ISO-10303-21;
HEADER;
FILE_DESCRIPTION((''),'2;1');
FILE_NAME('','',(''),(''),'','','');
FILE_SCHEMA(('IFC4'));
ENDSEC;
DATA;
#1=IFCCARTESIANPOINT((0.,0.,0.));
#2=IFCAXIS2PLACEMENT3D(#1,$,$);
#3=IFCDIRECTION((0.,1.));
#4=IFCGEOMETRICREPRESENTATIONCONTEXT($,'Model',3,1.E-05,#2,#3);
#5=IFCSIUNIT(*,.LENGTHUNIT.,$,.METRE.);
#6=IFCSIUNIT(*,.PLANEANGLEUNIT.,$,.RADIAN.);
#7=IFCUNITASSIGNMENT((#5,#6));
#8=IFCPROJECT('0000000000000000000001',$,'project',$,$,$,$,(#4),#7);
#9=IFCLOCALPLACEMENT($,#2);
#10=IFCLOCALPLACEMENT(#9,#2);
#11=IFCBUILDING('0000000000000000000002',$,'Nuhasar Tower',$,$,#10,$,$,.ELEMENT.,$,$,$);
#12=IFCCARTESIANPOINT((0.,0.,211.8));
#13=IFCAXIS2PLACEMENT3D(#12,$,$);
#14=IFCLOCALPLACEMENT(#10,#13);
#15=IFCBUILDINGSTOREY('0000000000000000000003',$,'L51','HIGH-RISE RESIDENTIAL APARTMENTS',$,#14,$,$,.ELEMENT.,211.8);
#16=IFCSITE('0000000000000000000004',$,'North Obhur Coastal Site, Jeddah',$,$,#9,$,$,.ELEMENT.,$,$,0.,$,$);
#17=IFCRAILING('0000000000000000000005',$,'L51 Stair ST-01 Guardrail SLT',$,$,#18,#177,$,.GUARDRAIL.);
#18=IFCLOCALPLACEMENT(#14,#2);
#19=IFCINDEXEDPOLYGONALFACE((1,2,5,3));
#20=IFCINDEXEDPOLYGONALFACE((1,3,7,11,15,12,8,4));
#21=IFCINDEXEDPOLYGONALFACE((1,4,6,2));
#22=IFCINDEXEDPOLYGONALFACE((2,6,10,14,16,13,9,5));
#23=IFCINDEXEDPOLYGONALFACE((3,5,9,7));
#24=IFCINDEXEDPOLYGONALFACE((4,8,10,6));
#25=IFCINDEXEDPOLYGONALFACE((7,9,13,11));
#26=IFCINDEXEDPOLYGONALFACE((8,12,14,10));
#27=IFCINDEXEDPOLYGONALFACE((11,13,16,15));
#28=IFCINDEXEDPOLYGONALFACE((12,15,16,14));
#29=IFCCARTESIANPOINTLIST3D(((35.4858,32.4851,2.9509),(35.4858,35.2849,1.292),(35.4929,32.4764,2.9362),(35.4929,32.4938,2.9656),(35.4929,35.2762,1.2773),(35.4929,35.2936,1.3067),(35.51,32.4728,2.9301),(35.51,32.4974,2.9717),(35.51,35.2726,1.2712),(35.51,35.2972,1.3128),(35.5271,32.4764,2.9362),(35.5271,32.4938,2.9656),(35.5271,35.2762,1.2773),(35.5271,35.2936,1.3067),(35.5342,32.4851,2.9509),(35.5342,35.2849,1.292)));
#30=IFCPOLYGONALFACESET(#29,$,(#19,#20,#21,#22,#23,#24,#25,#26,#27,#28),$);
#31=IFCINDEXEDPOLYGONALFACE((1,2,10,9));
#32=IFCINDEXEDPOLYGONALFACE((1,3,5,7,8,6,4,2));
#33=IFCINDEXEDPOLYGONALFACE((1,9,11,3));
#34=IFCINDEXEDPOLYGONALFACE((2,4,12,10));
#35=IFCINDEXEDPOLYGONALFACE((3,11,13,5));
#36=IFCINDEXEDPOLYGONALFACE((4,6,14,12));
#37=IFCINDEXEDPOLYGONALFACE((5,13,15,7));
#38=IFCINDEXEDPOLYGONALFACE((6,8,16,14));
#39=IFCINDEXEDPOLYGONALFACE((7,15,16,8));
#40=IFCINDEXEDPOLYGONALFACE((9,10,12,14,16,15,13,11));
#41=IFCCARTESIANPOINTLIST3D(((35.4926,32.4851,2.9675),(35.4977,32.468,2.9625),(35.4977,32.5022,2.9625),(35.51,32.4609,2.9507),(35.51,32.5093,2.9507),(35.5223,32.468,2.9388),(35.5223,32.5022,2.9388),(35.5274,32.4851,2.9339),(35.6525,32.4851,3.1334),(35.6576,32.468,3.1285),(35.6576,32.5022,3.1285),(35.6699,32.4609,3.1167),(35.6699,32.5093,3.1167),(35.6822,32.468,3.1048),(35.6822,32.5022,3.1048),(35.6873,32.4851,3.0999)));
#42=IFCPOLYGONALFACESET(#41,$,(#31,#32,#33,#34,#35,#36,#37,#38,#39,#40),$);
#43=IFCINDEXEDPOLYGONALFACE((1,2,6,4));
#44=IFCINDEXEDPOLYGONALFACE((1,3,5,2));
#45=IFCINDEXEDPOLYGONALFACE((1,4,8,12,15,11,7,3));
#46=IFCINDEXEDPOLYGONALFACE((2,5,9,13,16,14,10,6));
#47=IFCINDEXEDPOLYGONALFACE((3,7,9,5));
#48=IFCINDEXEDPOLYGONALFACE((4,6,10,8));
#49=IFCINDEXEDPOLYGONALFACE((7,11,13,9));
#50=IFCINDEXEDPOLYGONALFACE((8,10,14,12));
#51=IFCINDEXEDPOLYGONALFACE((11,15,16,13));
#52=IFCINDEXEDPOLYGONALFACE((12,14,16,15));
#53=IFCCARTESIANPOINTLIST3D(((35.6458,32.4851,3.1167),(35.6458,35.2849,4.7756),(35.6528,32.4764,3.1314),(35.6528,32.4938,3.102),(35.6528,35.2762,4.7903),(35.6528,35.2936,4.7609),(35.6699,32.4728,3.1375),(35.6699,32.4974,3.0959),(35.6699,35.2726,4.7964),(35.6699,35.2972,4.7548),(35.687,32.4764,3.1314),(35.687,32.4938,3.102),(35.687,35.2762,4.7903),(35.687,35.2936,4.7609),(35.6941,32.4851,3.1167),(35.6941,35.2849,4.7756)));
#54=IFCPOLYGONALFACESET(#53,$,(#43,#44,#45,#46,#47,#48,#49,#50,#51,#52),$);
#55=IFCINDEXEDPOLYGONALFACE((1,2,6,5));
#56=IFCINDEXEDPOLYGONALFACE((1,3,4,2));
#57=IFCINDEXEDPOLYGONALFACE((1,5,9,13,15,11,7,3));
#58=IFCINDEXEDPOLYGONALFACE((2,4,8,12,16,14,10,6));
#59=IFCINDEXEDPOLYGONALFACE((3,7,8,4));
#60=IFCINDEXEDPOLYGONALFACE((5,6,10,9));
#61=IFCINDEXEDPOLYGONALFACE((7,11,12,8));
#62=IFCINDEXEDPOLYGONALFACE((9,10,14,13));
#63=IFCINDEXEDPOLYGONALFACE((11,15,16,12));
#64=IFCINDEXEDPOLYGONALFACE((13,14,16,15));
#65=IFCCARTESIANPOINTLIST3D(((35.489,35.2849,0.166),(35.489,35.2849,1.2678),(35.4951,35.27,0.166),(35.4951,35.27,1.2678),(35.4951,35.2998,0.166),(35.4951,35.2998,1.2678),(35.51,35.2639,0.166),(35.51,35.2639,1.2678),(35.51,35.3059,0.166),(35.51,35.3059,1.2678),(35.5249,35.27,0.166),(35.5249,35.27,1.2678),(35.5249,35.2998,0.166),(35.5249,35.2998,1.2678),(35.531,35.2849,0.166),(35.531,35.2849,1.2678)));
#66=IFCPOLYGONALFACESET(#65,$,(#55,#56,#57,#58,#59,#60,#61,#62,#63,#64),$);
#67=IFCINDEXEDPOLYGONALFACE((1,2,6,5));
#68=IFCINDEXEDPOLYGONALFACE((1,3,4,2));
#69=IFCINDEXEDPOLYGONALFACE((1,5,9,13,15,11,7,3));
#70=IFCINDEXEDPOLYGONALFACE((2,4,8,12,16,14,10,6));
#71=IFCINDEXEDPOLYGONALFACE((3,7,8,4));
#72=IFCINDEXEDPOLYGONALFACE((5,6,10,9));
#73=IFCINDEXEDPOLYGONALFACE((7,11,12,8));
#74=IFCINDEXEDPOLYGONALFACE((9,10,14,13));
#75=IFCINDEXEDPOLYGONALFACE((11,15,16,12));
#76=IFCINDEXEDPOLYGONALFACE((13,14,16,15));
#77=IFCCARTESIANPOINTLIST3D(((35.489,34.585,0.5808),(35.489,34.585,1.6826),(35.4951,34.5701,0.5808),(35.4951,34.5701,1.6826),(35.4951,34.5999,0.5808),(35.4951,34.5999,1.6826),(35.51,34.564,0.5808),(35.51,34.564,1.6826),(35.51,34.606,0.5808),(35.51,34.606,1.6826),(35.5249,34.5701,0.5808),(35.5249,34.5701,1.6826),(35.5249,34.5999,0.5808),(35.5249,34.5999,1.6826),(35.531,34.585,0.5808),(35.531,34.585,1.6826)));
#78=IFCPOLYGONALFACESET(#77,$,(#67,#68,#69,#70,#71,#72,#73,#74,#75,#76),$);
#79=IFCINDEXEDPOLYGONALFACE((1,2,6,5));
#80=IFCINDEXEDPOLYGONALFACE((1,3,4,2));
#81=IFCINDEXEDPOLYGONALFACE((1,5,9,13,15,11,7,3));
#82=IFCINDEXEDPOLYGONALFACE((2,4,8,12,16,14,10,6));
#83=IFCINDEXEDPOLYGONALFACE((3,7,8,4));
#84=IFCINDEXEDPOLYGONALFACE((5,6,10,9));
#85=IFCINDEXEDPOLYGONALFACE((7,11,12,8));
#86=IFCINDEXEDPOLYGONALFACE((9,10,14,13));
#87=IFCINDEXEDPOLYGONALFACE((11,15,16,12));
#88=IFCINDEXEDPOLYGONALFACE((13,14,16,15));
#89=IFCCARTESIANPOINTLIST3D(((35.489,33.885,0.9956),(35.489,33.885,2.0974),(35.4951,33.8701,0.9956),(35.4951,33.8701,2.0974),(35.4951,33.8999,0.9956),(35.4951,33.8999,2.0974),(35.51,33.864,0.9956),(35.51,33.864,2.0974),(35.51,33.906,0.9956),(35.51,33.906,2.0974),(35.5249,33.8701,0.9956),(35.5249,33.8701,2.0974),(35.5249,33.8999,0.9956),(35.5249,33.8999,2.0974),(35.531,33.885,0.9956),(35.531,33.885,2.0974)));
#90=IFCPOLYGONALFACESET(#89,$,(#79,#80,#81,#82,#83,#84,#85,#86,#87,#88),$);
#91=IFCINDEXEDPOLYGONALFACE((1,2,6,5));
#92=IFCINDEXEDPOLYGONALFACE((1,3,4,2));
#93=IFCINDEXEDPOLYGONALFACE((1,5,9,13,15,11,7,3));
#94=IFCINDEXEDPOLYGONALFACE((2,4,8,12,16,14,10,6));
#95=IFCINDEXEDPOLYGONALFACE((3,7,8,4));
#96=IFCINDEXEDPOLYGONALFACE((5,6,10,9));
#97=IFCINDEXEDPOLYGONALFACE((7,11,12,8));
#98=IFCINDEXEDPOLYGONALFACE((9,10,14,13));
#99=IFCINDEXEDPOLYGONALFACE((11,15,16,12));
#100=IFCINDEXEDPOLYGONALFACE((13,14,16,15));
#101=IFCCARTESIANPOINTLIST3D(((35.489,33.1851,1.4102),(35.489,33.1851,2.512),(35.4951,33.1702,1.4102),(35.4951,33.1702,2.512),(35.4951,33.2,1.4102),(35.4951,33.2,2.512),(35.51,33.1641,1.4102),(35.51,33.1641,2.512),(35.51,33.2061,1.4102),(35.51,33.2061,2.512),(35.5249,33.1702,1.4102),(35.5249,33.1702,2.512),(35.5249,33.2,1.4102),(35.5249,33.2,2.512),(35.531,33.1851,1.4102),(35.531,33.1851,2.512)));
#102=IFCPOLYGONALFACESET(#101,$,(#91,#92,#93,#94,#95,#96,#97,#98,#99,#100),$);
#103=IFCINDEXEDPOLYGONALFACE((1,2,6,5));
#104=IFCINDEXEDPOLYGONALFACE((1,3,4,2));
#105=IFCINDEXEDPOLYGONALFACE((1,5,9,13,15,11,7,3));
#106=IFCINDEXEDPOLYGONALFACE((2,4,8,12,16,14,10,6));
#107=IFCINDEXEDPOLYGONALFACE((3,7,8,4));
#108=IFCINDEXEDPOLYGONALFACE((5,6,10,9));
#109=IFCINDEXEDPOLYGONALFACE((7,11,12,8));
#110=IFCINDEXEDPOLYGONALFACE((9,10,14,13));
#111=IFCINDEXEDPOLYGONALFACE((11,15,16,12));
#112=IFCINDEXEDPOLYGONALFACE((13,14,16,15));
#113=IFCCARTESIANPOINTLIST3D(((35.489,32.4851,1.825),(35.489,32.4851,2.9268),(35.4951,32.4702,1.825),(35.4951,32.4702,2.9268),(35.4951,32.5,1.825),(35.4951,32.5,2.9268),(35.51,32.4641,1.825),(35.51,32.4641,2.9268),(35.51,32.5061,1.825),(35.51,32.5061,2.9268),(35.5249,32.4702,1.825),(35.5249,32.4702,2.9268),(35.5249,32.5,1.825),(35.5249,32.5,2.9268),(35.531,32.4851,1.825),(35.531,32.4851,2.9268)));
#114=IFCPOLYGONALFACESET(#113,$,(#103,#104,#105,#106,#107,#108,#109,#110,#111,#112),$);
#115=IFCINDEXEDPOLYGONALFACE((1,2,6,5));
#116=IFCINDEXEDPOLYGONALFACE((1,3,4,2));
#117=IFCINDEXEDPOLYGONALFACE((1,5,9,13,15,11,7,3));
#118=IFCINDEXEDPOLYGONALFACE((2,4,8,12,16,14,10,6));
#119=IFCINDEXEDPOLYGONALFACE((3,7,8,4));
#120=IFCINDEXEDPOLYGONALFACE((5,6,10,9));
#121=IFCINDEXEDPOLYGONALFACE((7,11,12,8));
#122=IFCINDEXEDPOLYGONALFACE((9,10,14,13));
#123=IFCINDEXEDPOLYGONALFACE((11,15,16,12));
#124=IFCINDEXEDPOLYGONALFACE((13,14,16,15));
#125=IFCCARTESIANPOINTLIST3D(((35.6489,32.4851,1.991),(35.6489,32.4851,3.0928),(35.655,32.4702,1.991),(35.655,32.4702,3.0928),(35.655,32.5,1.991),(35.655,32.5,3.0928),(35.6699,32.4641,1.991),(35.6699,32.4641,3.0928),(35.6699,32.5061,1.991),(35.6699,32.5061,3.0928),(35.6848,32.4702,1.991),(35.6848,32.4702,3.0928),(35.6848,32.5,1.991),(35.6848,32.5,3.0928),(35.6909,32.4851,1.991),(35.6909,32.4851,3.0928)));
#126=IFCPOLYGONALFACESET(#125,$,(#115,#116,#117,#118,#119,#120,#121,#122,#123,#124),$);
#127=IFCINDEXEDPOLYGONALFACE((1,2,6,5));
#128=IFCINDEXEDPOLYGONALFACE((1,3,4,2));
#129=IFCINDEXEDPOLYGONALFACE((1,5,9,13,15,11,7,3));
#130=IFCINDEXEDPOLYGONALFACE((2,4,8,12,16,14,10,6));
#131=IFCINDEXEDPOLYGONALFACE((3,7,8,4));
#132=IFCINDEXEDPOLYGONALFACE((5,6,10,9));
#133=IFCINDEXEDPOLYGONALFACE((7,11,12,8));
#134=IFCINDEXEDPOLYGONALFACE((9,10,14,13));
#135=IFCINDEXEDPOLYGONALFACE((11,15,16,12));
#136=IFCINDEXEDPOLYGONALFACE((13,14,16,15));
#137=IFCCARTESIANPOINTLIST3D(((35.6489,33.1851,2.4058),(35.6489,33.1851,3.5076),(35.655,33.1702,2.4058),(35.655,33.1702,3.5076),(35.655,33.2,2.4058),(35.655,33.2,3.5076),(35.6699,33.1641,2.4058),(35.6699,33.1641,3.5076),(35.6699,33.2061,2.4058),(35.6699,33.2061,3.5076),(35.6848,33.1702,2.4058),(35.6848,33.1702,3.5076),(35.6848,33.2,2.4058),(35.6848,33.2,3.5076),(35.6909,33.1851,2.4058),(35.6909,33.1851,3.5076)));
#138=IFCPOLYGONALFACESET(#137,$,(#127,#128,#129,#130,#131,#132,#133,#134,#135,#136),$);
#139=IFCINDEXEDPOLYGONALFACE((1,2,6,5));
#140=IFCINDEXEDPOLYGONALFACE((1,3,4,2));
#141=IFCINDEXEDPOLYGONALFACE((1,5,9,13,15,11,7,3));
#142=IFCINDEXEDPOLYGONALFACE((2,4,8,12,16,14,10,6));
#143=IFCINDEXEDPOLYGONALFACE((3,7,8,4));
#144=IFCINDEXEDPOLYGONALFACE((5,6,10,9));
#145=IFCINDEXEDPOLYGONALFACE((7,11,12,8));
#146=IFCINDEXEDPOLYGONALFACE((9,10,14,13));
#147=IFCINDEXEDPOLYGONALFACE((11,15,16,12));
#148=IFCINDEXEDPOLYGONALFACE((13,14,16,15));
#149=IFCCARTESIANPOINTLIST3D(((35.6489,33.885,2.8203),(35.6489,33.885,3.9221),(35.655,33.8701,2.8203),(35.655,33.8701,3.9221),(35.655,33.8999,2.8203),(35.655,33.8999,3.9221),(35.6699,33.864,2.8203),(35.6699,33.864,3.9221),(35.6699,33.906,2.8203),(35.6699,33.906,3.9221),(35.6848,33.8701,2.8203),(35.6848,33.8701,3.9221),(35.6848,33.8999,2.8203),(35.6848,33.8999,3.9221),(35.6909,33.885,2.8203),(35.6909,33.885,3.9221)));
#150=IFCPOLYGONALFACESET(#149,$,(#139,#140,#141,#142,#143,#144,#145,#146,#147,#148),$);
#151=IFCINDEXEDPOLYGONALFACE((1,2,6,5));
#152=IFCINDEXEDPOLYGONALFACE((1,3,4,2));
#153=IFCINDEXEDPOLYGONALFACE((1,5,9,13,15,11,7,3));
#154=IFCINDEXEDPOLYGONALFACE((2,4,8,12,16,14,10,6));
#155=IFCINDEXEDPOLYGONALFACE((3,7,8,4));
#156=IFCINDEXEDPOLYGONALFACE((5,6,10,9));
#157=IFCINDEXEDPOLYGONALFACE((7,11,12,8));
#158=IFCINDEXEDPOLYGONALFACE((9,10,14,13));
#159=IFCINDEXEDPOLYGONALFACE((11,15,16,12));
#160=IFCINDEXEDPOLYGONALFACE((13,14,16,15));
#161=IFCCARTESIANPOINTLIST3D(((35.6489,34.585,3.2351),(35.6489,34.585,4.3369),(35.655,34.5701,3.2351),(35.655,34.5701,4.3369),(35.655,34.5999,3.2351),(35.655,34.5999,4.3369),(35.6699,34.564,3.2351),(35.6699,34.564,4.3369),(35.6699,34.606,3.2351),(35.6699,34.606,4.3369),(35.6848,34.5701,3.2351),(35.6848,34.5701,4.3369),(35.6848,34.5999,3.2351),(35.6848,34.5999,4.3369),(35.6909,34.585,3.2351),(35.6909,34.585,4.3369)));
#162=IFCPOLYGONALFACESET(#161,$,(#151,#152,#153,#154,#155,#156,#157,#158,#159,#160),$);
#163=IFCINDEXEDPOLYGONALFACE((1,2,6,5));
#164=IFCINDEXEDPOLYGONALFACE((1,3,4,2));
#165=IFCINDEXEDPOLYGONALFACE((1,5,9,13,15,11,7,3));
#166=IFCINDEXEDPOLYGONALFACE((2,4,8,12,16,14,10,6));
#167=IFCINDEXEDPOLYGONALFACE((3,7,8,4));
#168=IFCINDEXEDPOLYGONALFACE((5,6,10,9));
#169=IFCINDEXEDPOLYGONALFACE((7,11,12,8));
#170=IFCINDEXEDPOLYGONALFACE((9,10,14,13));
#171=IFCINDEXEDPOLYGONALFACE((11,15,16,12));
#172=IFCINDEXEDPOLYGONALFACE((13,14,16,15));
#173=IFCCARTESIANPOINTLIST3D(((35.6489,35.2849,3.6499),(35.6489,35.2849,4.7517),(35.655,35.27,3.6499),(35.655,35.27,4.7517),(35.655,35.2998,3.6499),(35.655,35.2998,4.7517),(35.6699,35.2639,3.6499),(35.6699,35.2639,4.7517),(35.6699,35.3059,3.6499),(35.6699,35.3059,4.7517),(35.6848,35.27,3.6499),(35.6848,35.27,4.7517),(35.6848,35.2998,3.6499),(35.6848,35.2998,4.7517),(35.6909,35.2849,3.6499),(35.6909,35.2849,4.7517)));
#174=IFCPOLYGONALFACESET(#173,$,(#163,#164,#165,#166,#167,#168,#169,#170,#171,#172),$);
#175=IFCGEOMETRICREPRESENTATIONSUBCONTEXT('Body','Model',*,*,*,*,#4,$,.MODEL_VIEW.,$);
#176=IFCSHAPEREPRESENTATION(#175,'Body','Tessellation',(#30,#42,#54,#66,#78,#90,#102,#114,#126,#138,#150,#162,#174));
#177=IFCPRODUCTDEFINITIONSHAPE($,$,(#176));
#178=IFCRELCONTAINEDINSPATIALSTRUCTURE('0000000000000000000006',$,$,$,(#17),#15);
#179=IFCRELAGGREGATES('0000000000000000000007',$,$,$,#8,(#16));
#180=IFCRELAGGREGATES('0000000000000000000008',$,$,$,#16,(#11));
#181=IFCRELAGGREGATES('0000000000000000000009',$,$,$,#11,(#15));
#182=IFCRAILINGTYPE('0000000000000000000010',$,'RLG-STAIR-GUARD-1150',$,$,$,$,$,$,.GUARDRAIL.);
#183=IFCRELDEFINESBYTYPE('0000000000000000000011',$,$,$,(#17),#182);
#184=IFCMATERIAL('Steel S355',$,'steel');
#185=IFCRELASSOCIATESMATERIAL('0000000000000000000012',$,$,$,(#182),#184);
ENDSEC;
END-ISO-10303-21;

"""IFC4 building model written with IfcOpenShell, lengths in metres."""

from ifc_helpers import new_model, si_unit, direction, frame, origin, place, context, subcontext, project, spatial, polyline, outline, extrude, material, type_object, element, save


model = new_model("IFC4")

# Units and contexts
model_context = context("Model", 3, precision=1e-05, world=origin(), true_north=direction((0.0, 1.0)))
body_context = subcontext(model_context, "Body", "Model", "MODEL_VIEW")
ifc_project = project(units=[si_unit("LENGTHUNIT", "METRE"), si_unit("PLANEANGLEUNIT", "RADIAN")], contexts=[model_context])

# Site, building, storey
site_placement = place(None, origin())
site = spatial("IfcSite", under=ifc_project, at=site_placement, Name="North Obhur Coastal Site, Jeddah", CompositionType="ELEMENT", RefElevation=0.0)
building_placement = place(site_placement, origin())
building = spatial("IfcBuilding", under=site, at=building_placement, Name="Nuhasar Tower", CompositionType="ELEMENT")
storey_placement = place(building_placement, frame((0.0, 0.0, 211.8)))
storey = spatial("IfcBuildingStorey", under=building, at=storey_placement, Name="L51", Description="HIGH-RISE RESIDENTIAL APARTMENTS", CompositionType="ELEMENT", Elevation=211.8)

# Shared definitions
ifc_material_1 = material(Name="Steel S355", Category="steel")

# Railing
railing_type_1 = type_object("IfcRailingType", Name="RLG-STAIR-GUARD-1150", PredefinedType="GUARDRAIL", material=ifc_material_1)
railing_1_placement = place(storey_placement, frame((35.51, 35.2849, 0.166)))
element("IfcRailing", 1, at=railing_1_placement, inside=storey, type_object=railing_type_1, Name="L51 Stair ST-01 Guardrail SLT", PredefinedType="GUARDRAIL", context=body_context, shape_type="SweptSolid", body=[
    extrude(outline(polyline([(0.0242, 0.0), (0.0171, 0.0171), (0.0, 0.0242), (-0.0171, 0.0171), (-0.0242, 0.0), (-0.0171, -0.0171), (0.0, -0.0242), (0.0171, -0.0171), (0.0242, 0.0)])), frame((0.0, 0.0, 1.126), z_axis=(0.0, -0.86032, 0.509755), x_axis=(1.0, 0.0, 0.0)), (0.0, 0.0, 1.0), 3.2544),
    extrude(outline(polyline([(0.0242, 0.0), (0.0171, 0.0171), (0.0, 0.0242), (-0.0171, 0.0171), (-0.0242, 0.0), (-0.0171, -0.0171), (0.0, -0.0242), (0.0171, -0.0171), (0.0242, 0.0)])), frame((0.0, -2.7998, 2.7847), z_axis=(0.693743, 0.0, 0.720222), x_axis=(0.0, 1.0, 0.0)), (0.0, 0.0, 1.0), 0.2305),
    extrude(outline(polyline([(0.0242, 0.0), (0.0171, 0.0171), (0.0, 0.0242), (-0.0171, 0.0171), (-0.0242, 0.0), (-0.0171, -0.0171), (0.0, -0.0242), (0.0171, -0.0171), (0.0242, 0.0)])), frame((0.1599, -2.7998, 2.9507), z_axis=(0.0, 0.86032, 0.509755), x_axis=(-1.0, 0.0, 0.0)), (0.0, 0.0, 1.0), 3.2544),
    extrude(outline(polyline([(0.021, 0.0), (0.0149, 0.0149), (0.0, 0.021), (-0.0149, 0.0149), (-0.021, 0.0), (-0.0149, -0.0149), (0.0, -0.021), (0.0149, -0.0149), (0.021, 0.0)])), origin(), (0.0, 0.0, 1.0), 1.1018),
    extrude(outline(polyline([(0.021, 0.0), (0.0149, 0.0149), (0.0, 0.021), (-0.0149, 0.0149), (-0.021, 0.0), (-0.0149, -0.0149), (0.0, -0.021), (0.0149, -0.0149), (0.021, 0.0)])), frame((0.0, -0.7, 0.4148)), (0.0, 0.0, 1.0), 1.1018),
    extrude(outline(polyline([(0.021, 0.0), (0.0149, 0.0149), (0.0, 0.021), (-0.0149, 0.0149), (-0.021, 0.0), (-0.0149, -0.0149), (0.0, -0.021), (0.0149, -0.0149), (0.021, 0.0)])), frame((0.0, -1.3999, 0.8296)), (0.0, 0.0, 1.0), 1.1018),
    extrude(outline(polyline([(0.021, 0.0), (0.0149, 0.0149), (0.0, 0.021), (-0.0149, 0.0149), (-0.021, 0.0), (-0.0149, -0.0149), (0.0, -0.021), (0.0149, -0.0149), (0.021, 0.0)])), frame((0.0, -2.0999, 1.2441)), (0.0, 0.0, 1.0), 1.1018),
    extrude(outline(polyline([(0.021, 0.0), (0.0149, 0.0149), (0.0, 0.021), (-0.0149, 0.0149), (-0.021, 0.0), (-0.0149, -0.0149), (0.0, -0.021), (0.0149, -0.0149), (0.021, 0.0)])), frame((0.0, -2.7998, 1.6589)), (0.0, 0.0, 1.0), 1.1018),
    extrude(outline(polyline([(0.021, 0.0), (0.0149, 0.0149), (0.0, 0.021), (-0.0149, 0.0149), (-0.021, 0.0), (-0.0149, -0.0149), (0.0, -0.021), (0.0149, -0.0149), (0.021, 0.0)])), frame((0.1599, -2.7998, 1.825)), (0.0, 0.0, 1.0), 1.1018),
    extrude(outline(polyline([(0.021, 0.0), (0.0149, 0.0149), (0.0, 0.021), (-0.0149, 0.0149), (-0.021, 0.0), (-0.0149, -0.0149), (0.0, -0.021), (0.0149, -0.0149), (0.021, 0.0)])), frame((0.1599, -2.0999, 2.2397)), (0.0, 0.0, 1.0), 1.1018),
    extrude(outline(polyline([(0.021, 0.0), (0.0149, 0.0149), (0.0, 0.021), (-0.0149, 0.0149), (-0.021, 0.0), (-0.0149, -0.0149), (0.0, -0.021), (0.0149, -0.0149), (0.021, 0.0)])), frame((0.1599, -1.3999, 2.6543)), (0.0, 0.0, 1.0), 1.1018),
    extrude(outline(polyline([(0.021, 0.0), (0.0149, 0.0149), (0.0, 0.021), (-0.0149, 0.0149), (-0.021, 0.0), (-0.0149, -0.0149), (0.0, -0.021), (0.0149, -0.0149), (0.021, 0.0)])), frame((0.1599, -0.7, 3.0691)), (0.0, 0.0, 1.0), 1.1018),
    extrude(outline(polyline([(0.021, 0.0), (0.0149, 0.0149), (0.0, 0.021), (-0.0149, 0.0149), (-0.021, 0.0), (-0.0149, -0.0149), (0.0, -0.021), (0.0149, -0.0149), (0.021, 0.0)])), frame((0.1599, 0.0, 3.4839)), (0.0, 0.0, 1.0), 1.1018),
])

save(model, "model.ifc")
